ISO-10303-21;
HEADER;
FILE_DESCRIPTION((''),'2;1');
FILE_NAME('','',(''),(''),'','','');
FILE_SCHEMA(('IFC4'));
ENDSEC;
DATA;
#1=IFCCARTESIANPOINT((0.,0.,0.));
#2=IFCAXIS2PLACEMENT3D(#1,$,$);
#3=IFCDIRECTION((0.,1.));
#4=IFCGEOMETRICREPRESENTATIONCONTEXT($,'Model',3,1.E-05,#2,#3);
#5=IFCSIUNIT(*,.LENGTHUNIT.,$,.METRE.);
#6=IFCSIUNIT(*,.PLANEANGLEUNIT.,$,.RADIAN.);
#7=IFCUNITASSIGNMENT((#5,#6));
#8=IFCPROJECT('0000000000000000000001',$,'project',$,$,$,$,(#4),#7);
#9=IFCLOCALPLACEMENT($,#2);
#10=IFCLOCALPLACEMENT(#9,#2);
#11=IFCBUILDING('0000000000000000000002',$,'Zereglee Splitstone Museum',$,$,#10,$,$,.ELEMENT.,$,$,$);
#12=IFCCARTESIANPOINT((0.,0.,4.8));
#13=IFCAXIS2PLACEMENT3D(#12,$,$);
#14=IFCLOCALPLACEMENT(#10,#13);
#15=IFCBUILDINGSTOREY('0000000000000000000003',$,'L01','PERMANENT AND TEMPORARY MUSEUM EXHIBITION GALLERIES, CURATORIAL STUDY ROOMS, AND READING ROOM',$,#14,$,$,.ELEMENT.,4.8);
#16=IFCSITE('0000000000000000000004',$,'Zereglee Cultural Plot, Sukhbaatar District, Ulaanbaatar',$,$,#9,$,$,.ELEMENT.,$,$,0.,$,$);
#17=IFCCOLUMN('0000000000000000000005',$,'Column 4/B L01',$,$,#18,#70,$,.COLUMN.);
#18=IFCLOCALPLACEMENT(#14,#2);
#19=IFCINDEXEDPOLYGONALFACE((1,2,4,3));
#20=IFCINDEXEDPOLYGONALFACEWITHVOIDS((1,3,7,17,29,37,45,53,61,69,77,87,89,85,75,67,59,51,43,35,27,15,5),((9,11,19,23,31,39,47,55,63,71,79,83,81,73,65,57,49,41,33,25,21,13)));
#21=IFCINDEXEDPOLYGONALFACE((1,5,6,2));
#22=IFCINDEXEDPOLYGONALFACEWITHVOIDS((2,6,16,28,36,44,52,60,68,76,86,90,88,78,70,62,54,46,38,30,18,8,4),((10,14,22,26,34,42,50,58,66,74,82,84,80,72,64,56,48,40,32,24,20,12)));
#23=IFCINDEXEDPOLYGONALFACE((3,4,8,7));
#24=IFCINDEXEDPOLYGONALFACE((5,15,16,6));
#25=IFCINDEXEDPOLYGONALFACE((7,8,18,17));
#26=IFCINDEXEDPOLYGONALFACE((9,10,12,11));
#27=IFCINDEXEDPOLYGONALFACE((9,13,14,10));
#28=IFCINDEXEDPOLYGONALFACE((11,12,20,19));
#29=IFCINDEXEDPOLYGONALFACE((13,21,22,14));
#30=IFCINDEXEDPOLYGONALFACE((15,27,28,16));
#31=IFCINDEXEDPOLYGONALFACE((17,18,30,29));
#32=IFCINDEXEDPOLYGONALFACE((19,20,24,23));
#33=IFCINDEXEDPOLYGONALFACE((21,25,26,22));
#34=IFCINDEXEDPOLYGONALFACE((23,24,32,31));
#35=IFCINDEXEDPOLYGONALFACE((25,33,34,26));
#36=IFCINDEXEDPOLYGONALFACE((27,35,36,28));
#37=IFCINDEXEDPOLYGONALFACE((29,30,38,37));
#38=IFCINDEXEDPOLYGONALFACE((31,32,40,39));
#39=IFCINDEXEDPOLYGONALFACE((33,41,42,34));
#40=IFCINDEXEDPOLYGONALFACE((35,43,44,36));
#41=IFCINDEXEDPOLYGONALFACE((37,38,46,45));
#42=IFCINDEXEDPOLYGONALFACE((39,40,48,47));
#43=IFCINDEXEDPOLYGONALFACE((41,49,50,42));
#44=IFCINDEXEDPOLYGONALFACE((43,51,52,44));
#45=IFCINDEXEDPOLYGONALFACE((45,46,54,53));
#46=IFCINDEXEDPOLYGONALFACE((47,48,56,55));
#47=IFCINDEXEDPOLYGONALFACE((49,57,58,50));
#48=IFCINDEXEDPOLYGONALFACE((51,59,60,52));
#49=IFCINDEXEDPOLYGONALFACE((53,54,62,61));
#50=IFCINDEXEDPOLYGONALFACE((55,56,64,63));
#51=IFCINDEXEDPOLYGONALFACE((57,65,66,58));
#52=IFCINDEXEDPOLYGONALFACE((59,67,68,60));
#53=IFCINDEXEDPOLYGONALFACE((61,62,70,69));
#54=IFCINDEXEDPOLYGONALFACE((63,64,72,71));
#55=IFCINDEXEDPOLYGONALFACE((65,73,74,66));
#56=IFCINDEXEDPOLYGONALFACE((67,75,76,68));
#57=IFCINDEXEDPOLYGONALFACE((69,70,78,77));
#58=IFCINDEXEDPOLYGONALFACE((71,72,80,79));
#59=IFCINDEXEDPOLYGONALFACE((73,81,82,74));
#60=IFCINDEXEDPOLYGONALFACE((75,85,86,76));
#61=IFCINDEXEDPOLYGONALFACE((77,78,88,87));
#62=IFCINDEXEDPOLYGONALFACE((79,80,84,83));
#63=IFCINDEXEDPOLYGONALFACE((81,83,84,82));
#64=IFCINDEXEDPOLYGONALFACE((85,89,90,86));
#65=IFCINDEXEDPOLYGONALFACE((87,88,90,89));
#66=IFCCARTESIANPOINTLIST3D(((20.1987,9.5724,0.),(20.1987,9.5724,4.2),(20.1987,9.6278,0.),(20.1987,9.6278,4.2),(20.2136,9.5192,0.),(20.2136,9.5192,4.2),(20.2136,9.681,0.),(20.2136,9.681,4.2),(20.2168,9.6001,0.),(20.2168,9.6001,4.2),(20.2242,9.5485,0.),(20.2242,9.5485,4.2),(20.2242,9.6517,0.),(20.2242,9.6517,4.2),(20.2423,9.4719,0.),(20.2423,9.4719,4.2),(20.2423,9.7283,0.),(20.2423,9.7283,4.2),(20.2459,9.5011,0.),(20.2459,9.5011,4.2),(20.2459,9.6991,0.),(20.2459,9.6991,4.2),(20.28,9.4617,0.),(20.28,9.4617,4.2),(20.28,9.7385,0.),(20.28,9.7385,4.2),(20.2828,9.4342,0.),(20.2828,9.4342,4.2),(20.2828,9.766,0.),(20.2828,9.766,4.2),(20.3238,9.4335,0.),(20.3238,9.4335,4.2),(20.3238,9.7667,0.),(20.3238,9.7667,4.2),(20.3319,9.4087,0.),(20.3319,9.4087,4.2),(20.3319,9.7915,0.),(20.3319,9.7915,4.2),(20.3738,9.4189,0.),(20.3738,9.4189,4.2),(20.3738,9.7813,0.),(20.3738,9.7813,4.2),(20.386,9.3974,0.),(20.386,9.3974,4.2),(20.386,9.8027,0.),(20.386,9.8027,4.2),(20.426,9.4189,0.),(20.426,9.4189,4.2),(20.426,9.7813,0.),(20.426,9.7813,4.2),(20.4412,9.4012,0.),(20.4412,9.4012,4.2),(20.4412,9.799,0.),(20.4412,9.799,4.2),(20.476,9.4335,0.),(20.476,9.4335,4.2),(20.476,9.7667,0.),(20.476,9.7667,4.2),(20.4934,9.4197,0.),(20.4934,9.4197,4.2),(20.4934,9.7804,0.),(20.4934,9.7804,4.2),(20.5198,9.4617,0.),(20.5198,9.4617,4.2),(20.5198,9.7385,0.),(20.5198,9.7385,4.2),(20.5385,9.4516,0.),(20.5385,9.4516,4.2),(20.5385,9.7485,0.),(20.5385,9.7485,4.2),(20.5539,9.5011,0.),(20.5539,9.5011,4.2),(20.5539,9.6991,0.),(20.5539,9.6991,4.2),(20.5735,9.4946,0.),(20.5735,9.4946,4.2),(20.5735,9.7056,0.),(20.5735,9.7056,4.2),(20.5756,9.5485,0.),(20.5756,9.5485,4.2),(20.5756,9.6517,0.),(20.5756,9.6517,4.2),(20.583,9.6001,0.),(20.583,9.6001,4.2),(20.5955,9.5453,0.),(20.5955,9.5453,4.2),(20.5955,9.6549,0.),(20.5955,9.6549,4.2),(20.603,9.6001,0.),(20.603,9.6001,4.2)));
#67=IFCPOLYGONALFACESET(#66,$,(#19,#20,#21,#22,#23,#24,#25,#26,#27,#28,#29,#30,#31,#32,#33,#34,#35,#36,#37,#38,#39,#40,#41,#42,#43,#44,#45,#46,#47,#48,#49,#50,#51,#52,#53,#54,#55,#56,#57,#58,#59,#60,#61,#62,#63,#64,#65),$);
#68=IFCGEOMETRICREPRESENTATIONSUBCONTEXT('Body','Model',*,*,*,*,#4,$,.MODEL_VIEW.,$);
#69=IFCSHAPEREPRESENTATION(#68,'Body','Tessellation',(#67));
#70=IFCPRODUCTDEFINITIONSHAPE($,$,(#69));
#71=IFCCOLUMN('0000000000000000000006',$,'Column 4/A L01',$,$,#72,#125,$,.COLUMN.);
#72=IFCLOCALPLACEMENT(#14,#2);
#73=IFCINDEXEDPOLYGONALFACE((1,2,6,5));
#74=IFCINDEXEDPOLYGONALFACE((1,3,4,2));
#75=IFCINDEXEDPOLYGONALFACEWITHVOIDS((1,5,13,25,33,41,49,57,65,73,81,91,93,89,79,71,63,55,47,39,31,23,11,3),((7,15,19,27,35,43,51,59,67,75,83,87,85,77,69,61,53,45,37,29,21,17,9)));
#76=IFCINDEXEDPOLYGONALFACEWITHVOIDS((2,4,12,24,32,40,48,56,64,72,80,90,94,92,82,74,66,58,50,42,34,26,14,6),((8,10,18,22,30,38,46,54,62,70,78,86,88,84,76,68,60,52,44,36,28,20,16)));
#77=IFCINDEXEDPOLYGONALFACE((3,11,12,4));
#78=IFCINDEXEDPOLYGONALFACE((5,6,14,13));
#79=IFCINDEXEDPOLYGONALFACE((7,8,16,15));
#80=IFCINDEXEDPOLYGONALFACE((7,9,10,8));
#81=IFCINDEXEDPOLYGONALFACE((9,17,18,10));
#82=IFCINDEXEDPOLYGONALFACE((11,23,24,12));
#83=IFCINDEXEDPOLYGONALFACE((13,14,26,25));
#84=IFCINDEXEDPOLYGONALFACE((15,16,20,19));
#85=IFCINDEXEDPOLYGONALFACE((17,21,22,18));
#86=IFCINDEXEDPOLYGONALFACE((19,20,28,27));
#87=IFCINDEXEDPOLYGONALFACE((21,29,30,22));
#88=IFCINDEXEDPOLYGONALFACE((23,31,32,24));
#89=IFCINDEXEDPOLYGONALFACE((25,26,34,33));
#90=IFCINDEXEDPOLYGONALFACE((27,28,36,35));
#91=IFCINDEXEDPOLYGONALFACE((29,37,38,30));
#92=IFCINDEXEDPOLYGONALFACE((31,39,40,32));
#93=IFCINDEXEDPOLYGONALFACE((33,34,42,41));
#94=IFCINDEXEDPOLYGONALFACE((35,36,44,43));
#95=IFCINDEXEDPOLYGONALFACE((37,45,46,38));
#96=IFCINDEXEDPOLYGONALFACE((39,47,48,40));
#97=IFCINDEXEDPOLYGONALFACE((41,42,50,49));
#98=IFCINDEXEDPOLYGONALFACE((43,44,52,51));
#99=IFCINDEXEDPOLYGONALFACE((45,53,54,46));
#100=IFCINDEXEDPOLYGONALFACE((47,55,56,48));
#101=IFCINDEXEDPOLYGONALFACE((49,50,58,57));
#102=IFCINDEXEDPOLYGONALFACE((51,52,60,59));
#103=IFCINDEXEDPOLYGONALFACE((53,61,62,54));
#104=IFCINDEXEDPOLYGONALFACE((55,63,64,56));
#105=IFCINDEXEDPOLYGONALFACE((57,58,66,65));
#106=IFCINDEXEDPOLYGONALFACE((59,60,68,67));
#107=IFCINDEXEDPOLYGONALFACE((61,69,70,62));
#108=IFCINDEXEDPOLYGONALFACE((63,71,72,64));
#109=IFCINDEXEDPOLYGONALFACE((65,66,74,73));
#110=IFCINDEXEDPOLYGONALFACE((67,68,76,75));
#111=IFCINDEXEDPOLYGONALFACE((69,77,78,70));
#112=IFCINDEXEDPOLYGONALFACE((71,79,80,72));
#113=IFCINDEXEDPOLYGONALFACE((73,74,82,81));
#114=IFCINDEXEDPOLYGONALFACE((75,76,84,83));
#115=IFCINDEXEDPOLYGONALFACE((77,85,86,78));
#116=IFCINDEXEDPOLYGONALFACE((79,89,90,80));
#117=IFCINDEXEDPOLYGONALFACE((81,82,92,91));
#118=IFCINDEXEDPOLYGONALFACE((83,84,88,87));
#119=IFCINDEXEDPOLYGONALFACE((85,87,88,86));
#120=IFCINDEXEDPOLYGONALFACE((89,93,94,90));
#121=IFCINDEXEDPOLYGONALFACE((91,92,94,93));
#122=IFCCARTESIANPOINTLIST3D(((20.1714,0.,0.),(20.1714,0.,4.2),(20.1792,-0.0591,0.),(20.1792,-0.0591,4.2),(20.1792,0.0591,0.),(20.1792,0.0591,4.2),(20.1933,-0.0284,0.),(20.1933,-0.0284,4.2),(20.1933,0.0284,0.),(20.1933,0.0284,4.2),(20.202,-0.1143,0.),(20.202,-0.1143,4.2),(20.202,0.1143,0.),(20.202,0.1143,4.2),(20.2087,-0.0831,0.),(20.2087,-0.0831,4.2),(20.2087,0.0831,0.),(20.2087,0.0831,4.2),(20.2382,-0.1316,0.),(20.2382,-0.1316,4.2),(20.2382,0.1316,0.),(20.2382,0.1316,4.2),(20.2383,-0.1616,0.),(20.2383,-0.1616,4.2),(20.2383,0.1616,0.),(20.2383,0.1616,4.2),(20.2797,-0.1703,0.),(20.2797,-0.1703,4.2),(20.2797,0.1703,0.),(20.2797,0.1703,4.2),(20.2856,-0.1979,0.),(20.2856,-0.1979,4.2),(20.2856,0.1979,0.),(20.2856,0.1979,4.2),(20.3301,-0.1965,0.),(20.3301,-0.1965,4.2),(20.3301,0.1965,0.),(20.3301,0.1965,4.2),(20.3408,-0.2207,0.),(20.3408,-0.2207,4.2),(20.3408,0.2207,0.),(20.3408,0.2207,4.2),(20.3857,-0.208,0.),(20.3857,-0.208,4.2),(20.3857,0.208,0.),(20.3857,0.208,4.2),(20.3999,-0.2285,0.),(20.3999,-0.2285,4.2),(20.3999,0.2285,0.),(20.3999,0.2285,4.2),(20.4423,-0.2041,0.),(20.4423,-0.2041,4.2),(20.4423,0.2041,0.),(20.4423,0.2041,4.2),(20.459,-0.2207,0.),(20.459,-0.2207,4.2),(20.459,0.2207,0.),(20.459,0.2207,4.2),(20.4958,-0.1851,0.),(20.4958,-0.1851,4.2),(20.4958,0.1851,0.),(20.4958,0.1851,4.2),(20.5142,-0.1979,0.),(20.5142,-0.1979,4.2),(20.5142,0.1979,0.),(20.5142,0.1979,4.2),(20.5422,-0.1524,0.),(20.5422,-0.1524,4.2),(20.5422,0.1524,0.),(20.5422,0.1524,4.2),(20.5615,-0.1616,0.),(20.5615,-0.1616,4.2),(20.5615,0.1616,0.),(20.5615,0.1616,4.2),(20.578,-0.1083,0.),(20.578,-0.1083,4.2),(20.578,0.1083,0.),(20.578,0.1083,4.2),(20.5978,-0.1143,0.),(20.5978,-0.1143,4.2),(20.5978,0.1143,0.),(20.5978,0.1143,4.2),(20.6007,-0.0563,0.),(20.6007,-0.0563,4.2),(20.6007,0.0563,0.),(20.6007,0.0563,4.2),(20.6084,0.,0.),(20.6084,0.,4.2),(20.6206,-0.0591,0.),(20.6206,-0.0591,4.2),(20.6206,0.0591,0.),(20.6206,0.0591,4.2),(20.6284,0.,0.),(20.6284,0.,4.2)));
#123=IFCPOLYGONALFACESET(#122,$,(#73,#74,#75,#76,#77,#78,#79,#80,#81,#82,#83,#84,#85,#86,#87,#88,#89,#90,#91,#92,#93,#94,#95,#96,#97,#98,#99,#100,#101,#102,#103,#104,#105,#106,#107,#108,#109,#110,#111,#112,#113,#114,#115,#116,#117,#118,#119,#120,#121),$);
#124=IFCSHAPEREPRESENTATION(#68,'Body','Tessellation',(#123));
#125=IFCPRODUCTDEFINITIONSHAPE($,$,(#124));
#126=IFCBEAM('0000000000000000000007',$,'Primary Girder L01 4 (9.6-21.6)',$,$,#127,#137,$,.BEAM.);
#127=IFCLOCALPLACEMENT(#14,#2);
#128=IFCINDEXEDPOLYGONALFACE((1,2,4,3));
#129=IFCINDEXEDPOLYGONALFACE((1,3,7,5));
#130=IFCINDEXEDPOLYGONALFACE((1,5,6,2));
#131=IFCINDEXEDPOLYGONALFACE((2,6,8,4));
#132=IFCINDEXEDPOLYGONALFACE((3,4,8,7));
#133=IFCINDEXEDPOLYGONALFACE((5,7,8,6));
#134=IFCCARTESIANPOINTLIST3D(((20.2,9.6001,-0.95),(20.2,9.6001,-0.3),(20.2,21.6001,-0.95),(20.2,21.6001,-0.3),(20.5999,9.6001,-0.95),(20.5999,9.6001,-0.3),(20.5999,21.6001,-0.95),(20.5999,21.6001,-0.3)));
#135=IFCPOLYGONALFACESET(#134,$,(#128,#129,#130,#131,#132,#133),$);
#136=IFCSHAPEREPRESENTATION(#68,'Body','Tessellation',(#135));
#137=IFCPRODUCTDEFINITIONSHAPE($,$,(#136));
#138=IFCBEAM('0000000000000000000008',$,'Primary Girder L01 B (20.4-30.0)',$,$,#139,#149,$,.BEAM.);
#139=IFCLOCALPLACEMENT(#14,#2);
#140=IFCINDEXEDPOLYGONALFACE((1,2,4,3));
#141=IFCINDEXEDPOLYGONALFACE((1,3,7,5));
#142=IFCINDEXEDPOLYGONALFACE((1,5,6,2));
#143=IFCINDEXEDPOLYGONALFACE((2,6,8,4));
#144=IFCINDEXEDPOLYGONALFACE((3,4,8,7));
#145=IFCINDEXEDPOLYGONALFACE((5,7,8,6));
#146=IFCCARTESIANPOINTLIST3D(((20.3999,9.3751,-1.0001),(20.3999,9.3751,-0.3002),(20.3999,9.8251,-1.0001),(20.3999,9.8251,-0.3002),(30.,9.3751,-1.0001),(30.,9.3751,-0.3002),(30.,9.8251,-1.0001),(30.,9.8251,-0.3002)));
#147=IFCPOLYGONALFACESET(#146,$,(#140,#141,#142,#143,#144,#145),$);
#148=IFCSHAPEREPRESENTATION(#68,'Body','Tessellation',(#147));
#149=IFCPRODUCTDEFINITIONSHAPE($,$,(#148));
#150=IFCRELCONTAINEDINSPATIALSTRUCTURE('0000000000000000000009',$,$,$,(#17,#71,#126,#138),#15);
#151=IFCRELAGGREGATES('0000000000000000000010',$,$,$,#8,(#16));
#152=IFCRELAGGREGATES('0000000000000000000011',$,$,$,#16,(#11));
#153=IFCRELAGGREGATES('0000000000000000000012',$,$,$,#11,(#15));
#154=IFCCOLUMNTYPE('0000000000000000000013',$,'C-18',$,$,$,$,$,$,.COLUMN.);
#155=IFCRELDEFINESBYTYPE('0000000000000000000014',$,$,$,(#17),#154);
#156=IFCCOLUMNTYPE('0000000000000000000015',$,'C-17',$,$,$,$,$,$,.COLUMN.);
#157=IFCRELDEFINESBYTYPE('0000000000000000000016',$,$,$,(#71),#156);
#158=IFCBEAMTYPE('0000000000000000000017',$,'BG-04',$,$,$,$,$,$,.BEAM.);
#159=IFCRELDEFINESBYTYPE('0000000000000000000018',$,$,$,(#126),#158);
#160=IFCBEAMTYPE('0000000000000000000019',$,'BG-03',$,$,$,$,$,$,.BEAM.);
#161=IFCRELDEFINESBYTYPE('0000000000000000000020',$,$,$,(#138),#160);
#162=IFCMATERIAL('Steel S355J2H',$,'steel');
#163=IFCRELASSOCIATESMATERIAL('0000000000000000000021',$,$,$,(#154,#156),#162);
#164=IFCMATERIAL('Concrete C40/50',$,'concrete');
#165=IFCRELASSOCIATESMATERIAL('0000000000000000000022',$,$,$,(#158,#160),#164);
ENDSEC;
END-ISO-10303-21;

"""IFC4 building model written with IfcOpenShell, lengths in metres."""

from ifc_helpers import new_model, si_unit, direction, frame, origin, origin_2d, place, context, subcontext, project, spatial, rectangle, hollow_circle, extrude, material, material_profile, profile_set, type_object, element, save


model = new_model("IFC4")

# Units and contexts
model_context = context("Model", 3, precision=1e-05, world=origin(), true_north=direction((0.0, 1.0)))
body_context = subcontext(model_context, "Body", "Model", "MODEL_VIEW")
ifc_project = project(units=[si_unit("LENGTHUNIT", "METRE"), si_unit("PLANEANGLEUNIT", "RADIAN")], contexts=[model_context])

# Site, building, storey
site_placement = place(None, origin())
site = spatial("IfcSite", under=ifc_project, at=site_placement, Name="Zereglee Cultural Plot, Sukhbaatar District, Ulaanbaatar", CompositionType="ELEMENT", RefElevation=0.0)
building_placement = place(site_placement, origin())
building = spatial("IfcBuilding", under=site, at=building_placement, Name="Zereglee Splitstone Museum", CompositionType="ELEMENT")
storey_placement = place(building_placement, frame((0.0, 0.0, 4.8)))
storey = spatial("IfcBuildingStorey", under=building, at=storey_placement, Name="L01", Description="PERMANENT AND TEMPORARY MUSEUM EXHIBITION GALLERIES, CURATORIAL STUDY ROOMS, AND READING ROOM", CompositionType="ELEMENT", Elevation=4.8)

# Columns
ifc_material_1 = material(Name="Steel S355J2H", Category="steel")
ifc_material_profile_1 = material_profile(ifc_material_1, hollow_circle(Radius=0.2031, WallThickness=0.02, at=origin_2d()), Name="CHS 406.4x20")
ifc_profile_set_1 = profile_set([ifc_material_profile_1], Name="Steel S355J2H")
column_type_1 = type_object("IfcColumnType", Name="C-18", PredefinedType="COLUMN", material=ifc_profile_set_1)
column_1_placement = place(storey_placement, frame((20.3999, 9.6001, 0.0), z_axis=(0.0, 0.0, 1.0), x_axis=(1.0, 0.0, 0.0)))
element("IfcColumn", 1, at=column_1_placement, inside=storey, type_object=column_type_1, Name="Column 4/B L01", PredefinedType="COLUMN", context=body_context, shape_type="SweptSolid", body=[
    extrude(hollow_circle(Radius=0.2031, WallThickness=0.02, at=origin_2d()), origin(), (0.0, 0.0, 1.0), 4.2),
])
ifc_material_profile_2 = material_profile(ifc_material_1, hollow_circle(Radius=0.2285, WallThickness=0.02, at=origin_2d()), Name="CHS 457.0x20")
ifc_profile_set_2 = profile_set([ifc_material_profile_2], Name="Steel S355J2H")
column_type_2 = type_object("IfcColumnType", Name="C-17", PredefinedType="COLUMN", material=ifc_profile_set_2)
column_2_placement = place(storey_placement, frame((20.3999, 0.0, 0.0), z_axis=(0.0, 0.0, 1.0), x_axis=(1.0, 0.0, 0.0)))
element("IfcColumn", 2, at=column_2_placement, inside=storey, type_object=column_type_2, Name="Column 4/A L01", PredefinedType="COLUMN", context=body_context, shape_type="SweptSolid", body=[
    extrude(hollow_circle(Radius=0.2285, WallThickness=0.02, at=origin_2d()), origin(), (0.0, 0.0, 1.0), 4.2),
])

# Beams
ifc_material_2 = material(Name="Concrete C40/50", Category="concrete")
ifc_material_profile_3 = material_profile(ifc_material_2, rectangle(XDim=0.3999, YDim=0.6499, at=origin_2d()), Name="RC 400x650")
ifc_profile_set_3 = profile_set([ifc_material_profile_3], Name="Concrete C40/50")
beam_type_1 = type_object("IfcBeamType", Name="BG-04", PredefinedType="BEAM", material=ifc_profile_set_3)
beam_1_placement = place(storey_placement, frame((20.3999, 9.6001, -0.625), z_axis=(0.0, 1.0, 0.0), x_axis=(-1.0, 0.0, 0.0)))
element("IfcBeam", 3, at=beam_1_placement, inside=storey, type_object=beam_type_1, Name="Primary Girder L01 4 (9.6-21.6)", PredefinedType="BEAM", context=body_context, shape_type="SweptSolid", body=[
    extrude(rectangle(XDim=0.3999, YDim=0.6499, at=origin_2d()), origin(), (0.0, 0.0, 1.0), 12.0),
])
ifc_material_profile_4 = material_profile(ifc_material_2, rectangle(XDim=0.45, YDim=0.7, at=origin_2d()), Name="RC 450x700")
ifc_profile_set_4 = profile_set([ifc_material_profile_4], Name="Concrete C40/50")
beam_type_2 = type_object("IfcBeamType", Name="BG-03", PredefinedType="BEAM", material=ifc_profile_set_4)
beam_2_placement = place(storey_placement, frame((20.3999, 9.6001, -0.6501), z_axis=(1.0, 0.0, 0.0), x_axis=(0.0, 1.0, 0.0)))
element("IfcBeam", 4, at=beam_2_placement, inside=storey, type_object=beam_type_2, Name="Primary Girder L01 B (20.4-30.0)", PredefinedType="BEAM", context=body_context, shape_type="SweptSolid", body=[
    extrude(rectangle(XDim=0.45, YDim=0.7, at=origin_2d()), origin(), (0.0, 0.0, 1.0), 9.6001),
])

save(model, "model.ifc")
